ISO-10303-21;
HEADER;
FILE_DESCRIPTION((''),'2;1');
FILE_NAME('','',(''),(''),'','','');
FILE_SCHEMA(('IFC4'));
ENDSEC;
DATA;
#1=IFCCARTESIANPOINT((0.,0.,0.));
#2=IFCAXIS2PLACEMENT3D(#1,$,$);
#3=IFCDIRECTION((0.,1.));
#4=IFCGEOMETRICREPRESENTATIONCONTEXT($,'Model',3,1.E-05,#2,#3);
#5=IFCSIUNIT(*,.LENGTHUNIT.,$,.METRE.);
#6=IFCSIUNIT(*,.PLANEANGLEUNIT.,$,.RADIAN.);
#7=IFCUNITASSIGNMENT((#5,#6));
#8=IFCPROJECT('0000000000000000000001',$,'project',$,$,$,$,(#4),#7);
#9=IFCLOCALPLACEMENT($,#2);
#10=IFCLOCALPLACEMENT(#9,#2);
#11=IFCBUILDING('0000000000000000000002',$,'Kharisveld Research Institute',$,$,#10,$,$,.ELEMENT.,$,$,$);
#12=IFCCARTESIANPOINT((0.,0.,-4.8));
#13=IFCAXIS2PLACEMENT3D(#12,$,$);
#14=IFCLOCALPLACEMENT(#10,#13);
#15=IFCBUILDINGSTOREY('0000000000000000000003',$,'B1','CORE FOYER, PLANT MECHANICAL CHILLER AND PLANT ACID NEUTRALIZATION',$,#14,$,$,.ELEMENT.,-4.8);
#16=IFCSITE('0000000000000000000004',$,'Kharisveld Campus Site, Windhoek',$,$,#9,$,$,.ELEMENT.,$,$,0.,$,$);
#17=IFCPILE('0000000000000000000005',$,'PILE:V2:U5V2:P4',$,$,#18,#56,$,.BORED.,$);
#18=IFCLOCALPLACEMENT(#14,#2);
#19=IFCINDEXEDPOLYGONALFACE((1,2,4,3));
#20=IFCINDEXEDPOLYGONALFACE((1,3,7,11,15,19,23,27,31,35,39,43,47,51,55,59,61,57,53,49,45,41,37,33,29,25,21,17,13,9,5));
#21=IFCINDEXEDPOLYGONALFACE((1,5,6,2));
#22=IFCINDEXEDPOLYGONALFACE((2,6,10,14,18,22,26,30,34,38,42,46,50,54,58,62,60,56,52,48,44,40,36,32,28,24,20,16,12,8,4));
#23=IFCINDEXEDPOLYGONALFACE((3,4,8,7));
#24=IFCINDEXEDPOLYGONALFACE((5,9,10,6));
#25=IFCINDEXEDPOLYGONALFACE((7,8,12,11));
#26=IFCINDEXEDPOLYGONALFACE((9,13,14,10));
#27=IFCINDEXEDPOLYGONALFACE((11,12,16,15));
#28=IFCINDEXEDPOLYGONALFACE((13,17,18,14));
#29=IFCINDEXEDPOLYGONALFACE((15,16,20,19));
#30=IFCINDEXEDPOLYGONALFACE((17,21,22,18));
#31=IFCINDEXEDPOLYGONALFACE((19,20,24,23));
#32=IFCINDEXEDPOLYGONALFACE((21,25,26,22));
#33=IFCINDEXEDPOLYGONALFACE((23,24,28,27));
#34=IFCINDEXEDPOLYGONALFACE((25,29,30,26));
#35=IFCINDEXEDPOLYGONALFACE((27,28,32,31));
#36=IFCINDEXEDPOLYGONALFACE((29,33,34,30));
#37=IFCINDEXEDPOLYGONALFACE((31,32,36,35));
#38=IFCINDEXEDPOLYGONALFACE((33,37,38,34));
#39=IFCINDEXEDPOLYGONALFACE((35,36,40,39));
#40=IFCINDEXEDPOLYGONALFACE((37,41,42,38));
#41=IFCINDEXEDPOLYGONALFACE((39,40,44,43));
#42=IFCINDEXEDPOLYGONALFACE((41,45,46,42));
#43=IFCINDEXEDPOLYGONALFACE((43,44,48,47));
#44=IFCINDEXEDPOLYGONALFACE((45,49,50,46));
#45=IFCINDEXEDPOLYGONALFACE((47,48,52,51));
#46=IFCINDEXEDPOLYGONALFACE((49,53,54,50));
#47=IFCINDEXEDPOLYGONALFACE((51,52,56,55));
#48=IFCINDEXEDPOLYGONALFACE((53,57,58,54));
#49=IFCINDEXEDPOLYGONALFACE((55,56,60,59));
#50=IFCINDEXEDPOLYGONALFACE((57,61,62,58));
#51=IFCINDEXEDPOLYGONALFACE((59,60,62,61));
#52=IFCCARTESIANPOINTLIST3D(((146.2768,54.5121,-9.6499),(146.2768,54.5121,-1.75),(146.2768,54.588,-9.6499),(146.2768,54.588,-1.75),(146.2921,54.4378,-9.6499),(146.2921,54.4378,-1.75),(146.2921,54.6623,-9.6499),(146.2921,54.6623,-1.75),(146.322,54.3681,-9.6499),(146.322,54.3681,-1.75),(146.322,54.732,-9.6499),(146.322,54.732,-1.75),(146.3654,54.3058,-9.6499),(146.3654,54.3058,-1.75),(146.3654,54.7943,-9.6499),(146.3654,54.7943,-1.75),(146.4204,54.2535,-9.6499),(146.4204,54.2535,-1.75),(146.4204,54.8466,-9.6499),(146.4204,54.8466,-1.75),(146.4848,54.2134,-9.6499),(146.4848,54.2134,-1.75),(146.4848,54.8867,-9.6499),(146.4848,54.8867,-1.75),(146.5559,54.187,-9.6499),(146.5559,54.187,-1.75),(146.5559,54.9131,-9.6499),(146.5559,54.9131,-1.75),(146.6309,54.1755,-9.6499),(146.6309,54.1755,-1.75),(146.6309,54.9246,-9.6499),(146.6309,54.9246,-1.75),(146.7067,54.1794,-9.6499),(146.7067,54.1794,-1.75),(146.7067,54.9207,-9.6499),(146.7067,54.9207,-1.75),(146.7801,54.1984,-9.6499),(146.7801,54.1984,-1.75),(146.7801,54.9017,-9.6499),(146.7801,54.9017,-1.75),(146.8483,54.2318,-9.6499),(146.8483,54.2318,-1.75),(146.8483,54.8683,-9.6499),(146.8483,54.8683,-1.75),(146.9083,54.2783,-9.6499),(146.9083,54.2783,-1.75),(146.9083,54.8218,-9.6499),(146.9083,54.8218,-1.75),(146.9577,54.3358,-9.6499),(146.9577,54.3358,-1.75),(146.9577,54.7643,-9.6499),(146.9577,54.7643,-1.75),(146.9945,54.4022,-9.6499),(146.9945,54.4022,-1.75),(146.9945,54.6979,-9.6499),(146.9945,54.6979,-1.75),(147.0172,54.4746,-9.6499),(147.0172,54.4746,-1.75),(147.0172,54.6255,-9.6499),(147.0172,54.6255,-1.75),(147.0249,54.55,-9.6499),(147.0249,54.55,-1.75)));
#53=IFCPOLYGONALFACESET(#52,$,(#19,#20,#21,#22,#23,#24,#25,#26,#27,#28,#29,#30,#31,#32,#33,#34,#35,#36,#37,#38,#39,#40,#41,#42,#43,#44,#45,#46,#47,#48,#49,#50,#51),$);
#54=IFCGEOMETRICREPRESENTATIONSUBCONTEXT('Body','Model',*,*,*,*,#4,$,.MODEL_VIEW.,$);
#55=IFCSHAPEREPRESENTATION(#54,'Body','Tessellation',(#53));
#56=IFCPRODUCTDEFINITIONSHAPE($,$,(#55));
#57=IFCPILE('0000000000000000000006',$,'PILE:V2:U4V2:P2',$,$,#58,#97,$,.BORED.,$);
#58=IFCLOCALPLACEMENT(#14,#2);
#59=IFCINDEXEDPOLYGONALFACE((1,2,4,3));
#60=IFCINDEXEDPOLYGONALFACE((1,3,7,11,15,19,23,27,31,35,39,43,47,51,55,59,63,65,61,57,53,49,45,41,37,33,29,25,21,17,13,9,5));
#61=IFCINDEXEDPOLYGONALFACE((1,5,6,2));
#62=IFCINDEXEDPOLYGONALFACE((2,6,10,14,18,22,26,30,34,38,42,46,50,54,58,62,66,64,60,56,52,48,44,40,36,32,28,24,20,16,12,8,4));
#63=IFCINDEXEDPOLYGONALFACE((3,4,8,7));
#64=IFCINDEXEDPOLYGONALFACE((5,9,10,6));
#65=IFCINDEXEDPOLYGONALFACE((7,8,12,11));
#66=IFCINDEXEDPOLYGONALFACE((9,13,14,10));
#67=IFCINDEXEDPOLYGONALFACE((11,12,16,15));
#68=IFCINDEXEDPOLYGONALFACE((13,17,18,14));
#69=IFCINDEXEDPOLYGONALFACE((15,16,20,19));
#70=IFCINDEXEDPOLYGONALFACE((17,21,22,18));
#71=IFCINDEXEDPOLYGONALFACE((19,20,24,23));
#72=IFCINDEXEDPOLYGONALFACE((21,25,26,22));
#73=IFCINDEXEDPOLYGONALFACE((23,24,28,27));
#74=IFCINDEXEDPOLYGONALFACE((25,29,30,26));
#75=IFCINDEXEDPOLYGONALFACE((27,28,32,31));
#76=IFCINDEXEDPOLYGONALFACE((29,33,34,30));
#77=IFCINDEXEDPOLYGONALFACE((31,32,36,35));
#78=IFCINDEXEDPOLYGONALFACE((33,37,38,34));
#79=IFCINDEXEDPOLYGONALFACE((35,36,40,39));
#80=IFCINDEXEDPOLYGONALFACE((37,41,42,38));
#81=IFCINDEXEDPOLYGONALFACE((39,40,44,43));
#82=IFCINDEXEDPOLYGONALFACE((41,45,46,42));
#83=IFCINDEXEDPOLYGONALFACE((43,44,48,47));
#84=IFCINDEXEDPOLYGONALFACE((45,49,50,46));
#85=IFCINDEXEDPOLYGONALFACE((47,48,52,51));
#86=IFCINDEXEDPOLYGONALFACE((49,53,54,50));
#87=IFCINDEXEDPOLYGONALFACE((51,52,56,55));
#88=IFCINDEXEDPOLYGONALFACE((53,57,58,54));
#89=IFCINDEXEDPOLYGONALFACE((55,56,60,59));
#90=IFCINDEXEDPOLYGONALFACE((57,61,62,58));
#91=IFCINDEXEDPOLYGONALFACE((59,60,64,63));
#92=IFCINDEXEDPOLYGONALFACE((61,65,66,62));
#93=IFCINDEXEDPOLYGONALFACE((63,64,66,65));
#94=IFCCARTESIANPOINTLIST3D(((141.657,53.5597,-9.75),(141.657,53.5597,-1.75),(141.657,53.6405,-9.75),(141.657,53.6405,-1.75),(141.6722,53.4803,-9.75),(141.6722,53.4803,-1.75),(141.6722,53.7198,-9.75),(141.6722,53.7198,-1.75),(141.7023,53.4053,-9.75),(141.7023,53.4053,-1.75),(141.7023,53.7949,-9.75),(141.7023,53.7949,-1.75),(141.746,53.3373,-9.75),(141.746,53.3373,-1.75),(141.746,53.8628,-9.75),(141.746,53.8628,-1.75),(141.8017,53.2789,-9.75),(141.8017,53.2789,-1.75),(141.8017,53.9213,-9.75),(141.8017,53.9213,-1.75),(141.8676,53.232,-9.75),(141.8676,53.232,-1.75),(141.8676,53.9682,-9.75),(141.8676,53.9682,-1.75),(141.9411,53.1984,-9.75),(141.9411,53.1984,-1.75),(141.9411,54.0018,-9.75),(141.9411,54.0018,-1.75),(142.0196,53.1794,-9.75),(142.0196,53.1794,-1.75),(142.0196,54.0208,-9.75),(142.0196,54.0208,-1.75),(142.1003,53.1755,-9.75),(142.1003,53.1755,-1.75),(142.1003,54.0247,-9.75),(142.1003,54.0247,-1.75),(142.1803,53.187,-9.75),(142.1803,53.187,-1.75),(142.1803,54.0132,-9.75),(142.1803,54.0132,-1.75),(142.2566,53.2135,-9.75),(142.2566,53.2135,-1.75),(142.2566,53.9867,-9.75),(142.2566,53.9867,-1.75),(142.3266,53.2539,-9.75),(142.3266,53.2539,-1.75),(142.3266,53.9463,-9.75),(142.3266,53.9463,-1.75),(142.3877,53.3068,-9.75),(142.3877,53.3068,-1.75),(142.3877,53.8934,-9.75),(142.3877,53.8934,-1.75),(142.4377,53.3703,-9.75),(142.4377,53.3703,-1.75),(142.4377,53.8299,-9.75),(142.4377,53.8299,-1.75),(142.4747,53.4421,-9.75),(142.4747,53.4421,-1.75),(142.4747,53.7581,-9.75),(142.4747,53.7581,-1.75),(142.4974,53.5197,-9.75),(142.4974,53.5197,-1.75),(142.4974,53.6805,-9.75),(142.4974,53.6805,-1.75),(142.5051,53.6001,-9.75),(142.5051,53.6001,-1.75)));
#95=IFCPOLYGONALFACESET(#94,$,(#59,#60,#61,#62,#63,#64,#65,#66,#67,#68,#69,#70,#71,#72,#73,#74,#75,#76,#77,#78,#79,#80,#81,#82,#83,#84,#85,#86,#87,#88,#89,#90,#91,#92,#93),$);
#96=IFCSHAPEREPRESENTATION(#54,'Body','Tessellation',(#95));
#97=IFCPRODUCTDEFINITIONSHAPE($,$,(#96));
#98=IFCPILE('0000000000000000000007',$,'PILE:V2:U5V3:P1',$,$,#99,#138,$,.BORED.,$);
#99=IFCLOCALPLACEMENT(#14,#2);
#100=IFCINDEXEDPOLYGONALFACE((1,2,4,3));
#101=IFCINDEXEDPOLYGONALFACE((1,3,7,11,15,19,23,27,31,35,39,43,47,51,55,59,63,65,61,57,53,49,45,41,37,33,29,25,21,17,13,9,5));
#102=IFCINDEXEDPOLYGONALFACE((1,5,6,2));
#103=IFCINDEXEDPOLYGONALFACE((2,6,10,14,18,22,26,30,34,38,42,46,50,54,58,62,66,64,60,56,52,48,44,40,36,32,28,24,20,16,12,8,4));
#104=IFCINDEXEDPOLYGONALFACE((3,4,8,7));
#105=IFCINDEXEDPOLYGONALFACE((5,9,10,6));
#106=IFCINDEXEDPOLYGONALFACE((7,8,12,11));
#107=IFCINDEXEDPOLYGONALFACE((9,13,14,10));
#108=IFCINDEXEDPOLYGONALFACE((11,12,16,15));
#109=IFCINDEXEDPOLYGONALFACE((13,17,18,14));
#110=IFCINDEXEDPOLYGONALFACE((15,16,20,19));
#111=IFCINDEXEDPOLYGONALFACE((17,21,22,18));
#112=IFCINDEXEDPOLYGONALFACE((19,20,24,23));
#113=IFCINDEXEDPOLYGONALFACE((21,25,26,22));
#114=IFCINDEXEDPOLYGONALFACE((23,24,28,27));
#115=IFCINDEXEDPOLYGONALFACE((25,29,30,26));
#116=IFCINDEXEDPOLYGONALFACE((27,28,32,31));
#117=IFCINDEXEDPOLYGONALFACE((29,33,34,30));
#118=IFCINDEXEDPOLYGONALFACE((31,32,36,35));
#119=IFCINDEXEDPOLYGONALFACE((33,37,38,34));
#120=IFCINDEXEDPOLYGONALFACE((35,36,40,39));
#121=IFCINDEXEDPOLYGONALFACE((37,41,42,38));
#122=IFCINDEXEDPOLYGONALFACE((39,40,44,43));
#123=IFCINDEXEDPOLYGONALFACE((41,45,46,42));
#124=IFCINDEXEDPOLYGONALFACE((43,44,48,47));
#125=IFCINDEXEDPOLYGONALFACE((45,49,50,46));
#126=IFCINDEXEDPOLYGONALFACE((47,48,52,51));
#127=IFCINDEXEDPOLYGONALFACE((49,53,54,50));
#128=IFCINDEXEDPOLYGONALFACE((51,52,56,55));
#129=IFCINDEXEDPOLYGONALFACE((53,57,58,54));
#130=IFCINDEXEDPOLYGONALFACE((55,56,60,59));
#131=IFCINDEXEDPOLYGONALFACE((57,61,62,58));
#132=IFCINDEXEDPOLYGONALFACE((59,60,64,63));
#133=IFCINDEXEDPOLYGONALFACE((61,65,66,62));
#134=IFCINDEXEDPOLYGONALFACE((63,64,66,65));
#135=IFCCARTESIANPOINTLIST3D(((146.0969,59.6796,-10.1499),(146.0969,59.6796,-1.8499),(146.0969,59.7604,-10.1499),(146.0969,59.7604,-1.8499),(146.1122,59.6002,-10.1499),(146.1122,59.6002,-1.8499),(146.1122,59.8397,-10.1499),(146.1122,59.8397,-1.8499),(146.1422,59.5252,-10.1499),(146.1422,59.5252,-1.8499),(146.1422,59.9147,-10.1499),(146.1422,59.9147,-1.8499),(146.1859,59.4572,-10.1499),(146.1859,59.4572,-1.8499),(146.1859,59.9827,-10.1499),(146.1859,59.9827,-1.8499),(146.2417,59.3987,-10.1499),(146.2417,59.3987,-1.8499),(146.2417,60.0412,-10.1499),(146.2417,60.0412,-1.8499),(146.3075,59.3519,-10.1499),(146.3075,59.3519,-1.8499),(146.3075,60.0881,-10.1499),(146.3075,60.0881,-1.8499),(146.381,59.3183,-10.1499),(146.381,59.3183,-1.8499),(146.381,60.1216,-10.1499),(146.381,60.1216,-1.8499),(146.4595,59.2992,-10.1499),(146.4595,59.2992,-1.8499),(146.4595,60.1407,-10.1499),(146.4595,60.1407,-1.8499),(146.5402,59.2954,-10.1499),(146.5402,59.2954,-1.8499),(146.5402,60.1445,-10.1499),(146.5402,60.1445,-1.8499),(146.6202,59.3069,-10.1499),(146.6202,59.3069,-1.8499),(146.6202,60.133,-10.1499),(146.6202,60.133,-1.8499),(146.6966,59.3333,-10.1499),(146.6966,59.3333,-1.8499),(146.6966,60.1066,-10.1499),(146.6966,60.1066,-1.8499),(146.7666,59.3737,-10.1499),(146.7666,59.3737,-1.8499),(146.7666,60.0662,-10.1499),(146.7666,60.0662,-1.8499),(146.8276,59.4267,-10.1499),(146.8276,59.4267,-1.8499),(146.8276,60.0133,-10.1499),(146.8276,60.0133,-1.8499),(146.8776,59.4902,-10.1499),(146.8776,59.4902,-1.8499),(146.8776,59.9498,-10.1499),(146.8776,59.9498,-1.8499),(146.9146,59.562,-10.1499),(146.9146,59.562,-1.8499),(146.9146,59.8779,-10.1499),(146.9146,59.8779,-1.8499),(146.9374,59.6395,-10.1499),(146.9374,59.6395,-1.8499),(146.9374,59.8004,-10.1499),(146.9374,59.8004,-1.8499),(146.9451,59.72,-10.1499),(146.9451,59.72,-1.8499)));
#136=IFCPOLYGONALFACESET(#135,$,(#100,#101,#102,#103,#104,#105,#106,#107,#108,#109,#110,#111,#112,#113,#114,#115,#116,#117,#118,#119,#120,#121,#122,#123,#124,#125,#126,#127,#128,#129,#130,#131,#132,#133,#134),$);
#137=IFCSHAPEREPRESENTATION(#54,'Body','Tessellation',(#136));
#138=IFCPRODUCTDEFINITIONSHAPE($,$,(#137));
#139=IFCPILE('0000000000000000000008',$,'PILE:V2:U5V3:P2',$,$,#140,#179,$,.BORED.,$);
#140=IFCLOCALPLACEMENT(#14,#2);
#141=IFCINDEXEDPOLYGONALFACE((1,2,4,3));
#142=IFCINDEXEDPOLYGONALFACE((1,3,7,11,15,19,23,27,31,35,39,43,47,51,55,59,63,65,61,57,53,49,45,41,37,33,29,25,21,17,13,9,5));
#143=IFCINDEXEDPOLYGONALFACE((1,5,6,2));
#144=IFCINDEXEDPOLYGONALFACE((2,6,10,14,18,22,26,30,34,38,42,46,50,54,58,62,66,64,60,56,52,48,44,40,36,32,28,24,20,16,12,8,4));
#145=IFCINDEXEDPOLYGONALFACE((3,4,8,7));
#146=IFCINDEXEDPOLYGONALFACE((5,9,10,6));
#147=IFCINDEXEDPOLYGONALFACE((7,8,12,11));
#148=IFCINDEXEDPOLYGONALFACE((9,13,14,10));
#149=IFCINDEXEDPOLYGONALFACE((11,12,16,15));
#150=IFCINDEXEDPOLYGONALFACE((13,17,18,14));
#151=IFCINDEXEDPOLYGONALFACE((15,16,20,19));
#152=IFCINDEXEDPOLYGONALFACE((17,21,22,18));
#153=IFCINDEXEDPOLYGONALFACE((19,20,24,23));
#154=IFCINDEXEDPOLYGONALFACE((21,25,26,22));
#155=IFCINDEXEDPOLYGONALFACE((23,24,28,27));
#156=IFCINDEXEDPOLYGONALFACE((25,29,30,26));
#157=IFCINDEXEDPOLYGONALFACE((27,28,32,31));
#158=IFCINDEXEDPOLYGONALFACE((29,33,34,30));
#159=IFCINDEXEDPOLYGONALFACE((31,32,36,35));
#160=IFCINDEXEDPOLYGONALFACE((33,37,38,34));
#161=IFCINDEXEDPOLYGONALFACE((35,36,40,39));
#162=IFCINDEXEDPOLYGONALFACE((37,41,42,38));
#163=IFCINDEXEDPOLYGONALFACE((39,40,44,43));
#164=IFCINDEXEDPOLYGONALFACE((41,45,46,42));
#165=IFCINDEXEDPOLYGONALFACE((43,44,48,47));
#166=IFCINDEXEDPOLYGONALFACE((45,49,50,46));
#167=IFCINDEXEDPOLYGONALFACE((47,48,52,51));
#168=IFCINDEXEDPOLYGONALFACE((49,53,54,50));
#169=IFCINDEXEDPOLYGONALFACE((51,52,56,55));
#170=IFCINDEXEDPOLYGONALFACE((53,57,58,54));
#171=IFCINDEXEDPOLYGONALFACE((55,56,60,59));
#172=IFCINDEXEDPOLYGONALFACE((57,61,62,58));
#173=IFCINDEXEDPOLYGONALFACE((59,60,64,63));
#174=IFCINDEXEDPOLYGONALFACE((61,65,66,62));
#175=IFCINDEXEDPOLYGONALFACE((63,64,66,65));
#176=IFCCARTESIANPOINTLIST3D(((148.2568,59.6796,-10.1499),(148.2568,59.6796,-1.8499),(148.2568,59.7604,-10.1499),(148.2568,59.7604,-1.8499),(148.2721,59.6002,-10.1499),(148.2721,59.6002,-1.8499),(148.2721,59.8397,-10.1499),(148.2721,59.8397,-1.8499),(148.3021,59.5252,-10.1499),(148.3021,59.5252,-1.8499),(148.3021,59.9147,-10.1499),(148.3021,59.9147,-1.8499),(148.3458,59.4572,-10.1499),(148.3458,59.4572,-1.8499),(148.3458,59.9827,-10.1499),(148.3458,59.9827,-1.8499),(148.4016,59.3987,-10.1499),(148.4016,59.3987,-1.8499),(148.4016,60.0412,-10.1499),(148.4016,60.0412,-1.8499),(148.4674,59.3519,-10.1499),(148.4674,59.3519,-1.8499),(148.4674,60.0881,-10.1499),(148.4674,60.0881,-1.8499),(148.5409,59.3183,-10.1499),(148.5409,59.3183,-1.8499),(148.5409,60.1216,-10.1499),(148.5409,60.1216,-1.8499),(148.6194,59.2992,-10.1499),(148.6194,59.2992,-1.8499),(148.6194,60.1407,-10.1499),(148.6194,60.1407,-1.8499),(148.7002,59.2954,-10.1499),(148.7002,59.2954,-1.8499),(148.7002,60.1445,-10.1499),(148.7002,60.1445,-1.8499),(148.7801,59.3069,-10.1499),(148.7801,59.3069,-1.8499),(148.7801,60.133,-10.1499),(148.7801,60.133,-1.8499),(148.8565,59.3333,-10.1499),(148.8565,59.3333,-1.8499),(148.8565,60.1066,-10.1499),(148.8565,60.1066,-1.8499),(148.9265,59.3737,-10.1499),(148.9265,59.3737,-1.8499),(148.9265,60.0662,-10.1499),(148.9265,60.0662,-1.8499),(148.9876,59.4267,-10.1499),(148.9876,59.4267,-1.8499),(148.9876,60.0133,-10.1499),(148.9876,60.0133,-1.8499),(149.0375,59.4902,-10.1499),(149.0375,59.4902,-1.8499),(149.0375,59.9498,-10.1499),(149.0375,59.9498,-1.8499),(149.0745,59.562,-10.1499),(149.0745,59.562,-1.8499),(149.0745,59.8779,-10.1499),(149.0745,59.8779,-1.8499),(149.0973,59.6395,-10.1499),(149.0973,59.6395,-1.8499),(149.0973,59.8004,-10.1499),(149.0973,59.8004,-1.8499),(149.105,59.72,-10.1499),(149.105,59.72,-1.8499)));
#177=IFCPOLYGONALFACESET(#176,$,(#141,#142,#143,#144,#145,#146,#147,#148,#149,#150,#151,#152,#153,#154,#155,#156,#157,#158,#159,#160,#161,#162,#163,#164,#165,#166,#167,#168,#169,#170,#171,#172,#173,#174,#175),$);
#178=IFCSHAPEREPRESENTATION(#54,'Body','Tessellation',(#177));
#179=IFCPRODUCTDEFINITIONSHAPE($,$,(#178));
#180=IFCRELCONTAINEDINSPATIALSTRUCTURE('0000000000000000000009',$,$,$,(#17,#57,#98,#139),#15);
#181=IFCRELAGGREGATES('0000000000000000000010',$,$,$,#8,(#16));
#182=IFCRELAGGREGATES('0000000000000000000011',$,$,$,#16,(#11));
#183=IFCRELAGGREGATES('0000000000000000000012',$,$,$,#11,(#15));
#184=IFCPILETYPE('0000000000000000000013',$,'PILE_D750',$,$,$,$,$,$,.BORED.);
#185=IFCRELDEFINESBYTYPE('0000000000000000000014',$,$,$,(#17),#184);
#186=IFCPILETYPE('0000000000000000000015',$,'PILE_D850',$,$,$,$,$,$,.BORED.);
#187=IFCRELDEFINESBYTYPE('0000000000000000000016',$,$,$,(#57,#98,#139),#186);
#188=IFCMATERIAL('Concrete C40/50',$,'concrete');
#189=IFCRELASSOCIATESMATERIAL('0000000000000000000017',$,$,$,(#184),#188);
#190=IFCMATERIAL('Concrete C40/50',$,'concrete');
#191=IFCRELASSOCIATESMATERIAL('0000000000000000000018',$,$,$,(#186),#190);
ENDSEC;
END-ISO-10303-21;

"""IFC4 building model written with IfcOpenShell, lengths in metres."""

from ifc_helpers import new_model, si_unit, direction, frame, origin, origin_2d, place, context, subcontext, project, spatial, circle, extrude, material, material_profile, profile_set, type_object, element, save


model = new_model("IFC4")

# Units and contexts
model_context = context("Model", 3, precision=1e-05, world=origin(), true_north=direction((0.0, 1.0)))
body_context = subcontext(model_context, "Body", "Model", "MODEL_VIEW")
ifc_project = project(units=[si_unit("LENGTHUNIT", "METRE"), si_unit("PLANEANGLEUNIT", "RADIAN")], contexts=[model_context])

# Site, building, storey
site_placement = place(None, origin())
site = spatial("IfcSite", under=ifc_project, at=site_placement, Name="Kharisveld Campus Site, Windhoek", CompositionType="ELEMENT", RefElevation=0.0)
building_placement = place(site_placement, origin())
building = spatial("IfcBuilding", under=site, at=building_placement, Name="Kharisveld Research Institute", CompositionType="ELEMENT")
storey_placement = place(building_placement, frame((0.0, 0.0, -4.8)))
storey = spatial("IfcBuildingStorey", under=building, at=storey_placement, Name="B1", Description="CORE FOYER, PLANT MECHANICAL CHILLER AND PLANT ACID NEUTRALIZATION", CompositionType="ELEMENT", Elevation=-4.8)

# Piles
ifc_material_1 = material(Name="Concrete C40/50", Category="concrete")
ifc_material_profile_1 = material_profile(ifc_material_1, circle(Radius=0.375, at=origin_2d()))
ifc_profile_set_1 = profile_set([ifc_material_profile_1], Name="Concrete C40/50")
pile_type_1 = type_object("IfcPileType", Name="PILE_D750", PredefinedType="BORED", material=ifc_profile_set_1)
for number, where, z_axis, x_axis, name in (
    (1, (146.6499, 54.55, -1.75), (0.0, 0.0, -1.0), (1.0, 0.0, 0.0), "PILE:V2:U5V2:P4"),
):
    element("IfcPile", number, at=place(storey_placement, frame(where, z_axis=z_axis, x_axis=x_axis)), inside=storey, type_object=pile_type_1, Name=name, PredefinedType="BORED", context=body_context, shape_type="SweptSolid", body=[
        extrude(circle(Radius=0.375, at=origin_2d()), origin(), (0.0, 0.0, 1.0), 7.8999),
    ])
ifc_material_2 = material(Name="Concrete C40/50", Category="concrete")
ifc_material_profile_2 = material_profile(ifc_material_2, circle(Radius=0.425, at=origin_2d()))
ifc_profile_set_2 = profile_set([ifc_material_profile_2], Name="Concrete C40/50")
pile_type_2 = type_object("IfcPileType", Name="PILE_D850", PredefinedType="BORED", material=ifc_profile_set_2)
pile_1_placement = place(storey_placement, frame((142.0801, 53.6001, -1.75), z_axis=(0.0, 0.0, -1.0), x_axis=(1.0, 0.0, 0.0)))
element("IfcPile", 2, at=pile_1_placement, inside=storey, type_object=pile_type_2, Name="PILE:V2:U4V2:P2", PredefinedType="BORED", context=body_context, shape_type="SweptSolid", body=[
    extrude(circle(Radius=0.425, at=origin_2d()), origin(), (0.0, 0.0, 1.0), 8.0),
])
for number, where, z_axis, x_axis, name in (
    (3, (146.52, 59.72, -1.8499), (0.0, 0.0, -1.0), (1.0, 0.0, 0.0), "PILE:V2:U5V3:P1"),
    (4, (148.6799, 59.72, -1.8499), (0.0, 0.0, -1.0), (1.0, 0.0, 0.0), "PILE:V2:U5V3:P2"),
):
    element("IfcPile", number, at=place(storey_placement, frame(where, z_axis=z_axis, x_axis=x_axis)), inside=storey, type_object=pile_type_2, Name=name, PredefinedType="BORED", context=body_context, shape_type="SweptSolid", body=[
        extrude(circle(Radius=0.425, at=origin_2d()), origin(), (0.0, 0.0, 1.0), 8.3),
    ])

save(model, "model.ifc")
